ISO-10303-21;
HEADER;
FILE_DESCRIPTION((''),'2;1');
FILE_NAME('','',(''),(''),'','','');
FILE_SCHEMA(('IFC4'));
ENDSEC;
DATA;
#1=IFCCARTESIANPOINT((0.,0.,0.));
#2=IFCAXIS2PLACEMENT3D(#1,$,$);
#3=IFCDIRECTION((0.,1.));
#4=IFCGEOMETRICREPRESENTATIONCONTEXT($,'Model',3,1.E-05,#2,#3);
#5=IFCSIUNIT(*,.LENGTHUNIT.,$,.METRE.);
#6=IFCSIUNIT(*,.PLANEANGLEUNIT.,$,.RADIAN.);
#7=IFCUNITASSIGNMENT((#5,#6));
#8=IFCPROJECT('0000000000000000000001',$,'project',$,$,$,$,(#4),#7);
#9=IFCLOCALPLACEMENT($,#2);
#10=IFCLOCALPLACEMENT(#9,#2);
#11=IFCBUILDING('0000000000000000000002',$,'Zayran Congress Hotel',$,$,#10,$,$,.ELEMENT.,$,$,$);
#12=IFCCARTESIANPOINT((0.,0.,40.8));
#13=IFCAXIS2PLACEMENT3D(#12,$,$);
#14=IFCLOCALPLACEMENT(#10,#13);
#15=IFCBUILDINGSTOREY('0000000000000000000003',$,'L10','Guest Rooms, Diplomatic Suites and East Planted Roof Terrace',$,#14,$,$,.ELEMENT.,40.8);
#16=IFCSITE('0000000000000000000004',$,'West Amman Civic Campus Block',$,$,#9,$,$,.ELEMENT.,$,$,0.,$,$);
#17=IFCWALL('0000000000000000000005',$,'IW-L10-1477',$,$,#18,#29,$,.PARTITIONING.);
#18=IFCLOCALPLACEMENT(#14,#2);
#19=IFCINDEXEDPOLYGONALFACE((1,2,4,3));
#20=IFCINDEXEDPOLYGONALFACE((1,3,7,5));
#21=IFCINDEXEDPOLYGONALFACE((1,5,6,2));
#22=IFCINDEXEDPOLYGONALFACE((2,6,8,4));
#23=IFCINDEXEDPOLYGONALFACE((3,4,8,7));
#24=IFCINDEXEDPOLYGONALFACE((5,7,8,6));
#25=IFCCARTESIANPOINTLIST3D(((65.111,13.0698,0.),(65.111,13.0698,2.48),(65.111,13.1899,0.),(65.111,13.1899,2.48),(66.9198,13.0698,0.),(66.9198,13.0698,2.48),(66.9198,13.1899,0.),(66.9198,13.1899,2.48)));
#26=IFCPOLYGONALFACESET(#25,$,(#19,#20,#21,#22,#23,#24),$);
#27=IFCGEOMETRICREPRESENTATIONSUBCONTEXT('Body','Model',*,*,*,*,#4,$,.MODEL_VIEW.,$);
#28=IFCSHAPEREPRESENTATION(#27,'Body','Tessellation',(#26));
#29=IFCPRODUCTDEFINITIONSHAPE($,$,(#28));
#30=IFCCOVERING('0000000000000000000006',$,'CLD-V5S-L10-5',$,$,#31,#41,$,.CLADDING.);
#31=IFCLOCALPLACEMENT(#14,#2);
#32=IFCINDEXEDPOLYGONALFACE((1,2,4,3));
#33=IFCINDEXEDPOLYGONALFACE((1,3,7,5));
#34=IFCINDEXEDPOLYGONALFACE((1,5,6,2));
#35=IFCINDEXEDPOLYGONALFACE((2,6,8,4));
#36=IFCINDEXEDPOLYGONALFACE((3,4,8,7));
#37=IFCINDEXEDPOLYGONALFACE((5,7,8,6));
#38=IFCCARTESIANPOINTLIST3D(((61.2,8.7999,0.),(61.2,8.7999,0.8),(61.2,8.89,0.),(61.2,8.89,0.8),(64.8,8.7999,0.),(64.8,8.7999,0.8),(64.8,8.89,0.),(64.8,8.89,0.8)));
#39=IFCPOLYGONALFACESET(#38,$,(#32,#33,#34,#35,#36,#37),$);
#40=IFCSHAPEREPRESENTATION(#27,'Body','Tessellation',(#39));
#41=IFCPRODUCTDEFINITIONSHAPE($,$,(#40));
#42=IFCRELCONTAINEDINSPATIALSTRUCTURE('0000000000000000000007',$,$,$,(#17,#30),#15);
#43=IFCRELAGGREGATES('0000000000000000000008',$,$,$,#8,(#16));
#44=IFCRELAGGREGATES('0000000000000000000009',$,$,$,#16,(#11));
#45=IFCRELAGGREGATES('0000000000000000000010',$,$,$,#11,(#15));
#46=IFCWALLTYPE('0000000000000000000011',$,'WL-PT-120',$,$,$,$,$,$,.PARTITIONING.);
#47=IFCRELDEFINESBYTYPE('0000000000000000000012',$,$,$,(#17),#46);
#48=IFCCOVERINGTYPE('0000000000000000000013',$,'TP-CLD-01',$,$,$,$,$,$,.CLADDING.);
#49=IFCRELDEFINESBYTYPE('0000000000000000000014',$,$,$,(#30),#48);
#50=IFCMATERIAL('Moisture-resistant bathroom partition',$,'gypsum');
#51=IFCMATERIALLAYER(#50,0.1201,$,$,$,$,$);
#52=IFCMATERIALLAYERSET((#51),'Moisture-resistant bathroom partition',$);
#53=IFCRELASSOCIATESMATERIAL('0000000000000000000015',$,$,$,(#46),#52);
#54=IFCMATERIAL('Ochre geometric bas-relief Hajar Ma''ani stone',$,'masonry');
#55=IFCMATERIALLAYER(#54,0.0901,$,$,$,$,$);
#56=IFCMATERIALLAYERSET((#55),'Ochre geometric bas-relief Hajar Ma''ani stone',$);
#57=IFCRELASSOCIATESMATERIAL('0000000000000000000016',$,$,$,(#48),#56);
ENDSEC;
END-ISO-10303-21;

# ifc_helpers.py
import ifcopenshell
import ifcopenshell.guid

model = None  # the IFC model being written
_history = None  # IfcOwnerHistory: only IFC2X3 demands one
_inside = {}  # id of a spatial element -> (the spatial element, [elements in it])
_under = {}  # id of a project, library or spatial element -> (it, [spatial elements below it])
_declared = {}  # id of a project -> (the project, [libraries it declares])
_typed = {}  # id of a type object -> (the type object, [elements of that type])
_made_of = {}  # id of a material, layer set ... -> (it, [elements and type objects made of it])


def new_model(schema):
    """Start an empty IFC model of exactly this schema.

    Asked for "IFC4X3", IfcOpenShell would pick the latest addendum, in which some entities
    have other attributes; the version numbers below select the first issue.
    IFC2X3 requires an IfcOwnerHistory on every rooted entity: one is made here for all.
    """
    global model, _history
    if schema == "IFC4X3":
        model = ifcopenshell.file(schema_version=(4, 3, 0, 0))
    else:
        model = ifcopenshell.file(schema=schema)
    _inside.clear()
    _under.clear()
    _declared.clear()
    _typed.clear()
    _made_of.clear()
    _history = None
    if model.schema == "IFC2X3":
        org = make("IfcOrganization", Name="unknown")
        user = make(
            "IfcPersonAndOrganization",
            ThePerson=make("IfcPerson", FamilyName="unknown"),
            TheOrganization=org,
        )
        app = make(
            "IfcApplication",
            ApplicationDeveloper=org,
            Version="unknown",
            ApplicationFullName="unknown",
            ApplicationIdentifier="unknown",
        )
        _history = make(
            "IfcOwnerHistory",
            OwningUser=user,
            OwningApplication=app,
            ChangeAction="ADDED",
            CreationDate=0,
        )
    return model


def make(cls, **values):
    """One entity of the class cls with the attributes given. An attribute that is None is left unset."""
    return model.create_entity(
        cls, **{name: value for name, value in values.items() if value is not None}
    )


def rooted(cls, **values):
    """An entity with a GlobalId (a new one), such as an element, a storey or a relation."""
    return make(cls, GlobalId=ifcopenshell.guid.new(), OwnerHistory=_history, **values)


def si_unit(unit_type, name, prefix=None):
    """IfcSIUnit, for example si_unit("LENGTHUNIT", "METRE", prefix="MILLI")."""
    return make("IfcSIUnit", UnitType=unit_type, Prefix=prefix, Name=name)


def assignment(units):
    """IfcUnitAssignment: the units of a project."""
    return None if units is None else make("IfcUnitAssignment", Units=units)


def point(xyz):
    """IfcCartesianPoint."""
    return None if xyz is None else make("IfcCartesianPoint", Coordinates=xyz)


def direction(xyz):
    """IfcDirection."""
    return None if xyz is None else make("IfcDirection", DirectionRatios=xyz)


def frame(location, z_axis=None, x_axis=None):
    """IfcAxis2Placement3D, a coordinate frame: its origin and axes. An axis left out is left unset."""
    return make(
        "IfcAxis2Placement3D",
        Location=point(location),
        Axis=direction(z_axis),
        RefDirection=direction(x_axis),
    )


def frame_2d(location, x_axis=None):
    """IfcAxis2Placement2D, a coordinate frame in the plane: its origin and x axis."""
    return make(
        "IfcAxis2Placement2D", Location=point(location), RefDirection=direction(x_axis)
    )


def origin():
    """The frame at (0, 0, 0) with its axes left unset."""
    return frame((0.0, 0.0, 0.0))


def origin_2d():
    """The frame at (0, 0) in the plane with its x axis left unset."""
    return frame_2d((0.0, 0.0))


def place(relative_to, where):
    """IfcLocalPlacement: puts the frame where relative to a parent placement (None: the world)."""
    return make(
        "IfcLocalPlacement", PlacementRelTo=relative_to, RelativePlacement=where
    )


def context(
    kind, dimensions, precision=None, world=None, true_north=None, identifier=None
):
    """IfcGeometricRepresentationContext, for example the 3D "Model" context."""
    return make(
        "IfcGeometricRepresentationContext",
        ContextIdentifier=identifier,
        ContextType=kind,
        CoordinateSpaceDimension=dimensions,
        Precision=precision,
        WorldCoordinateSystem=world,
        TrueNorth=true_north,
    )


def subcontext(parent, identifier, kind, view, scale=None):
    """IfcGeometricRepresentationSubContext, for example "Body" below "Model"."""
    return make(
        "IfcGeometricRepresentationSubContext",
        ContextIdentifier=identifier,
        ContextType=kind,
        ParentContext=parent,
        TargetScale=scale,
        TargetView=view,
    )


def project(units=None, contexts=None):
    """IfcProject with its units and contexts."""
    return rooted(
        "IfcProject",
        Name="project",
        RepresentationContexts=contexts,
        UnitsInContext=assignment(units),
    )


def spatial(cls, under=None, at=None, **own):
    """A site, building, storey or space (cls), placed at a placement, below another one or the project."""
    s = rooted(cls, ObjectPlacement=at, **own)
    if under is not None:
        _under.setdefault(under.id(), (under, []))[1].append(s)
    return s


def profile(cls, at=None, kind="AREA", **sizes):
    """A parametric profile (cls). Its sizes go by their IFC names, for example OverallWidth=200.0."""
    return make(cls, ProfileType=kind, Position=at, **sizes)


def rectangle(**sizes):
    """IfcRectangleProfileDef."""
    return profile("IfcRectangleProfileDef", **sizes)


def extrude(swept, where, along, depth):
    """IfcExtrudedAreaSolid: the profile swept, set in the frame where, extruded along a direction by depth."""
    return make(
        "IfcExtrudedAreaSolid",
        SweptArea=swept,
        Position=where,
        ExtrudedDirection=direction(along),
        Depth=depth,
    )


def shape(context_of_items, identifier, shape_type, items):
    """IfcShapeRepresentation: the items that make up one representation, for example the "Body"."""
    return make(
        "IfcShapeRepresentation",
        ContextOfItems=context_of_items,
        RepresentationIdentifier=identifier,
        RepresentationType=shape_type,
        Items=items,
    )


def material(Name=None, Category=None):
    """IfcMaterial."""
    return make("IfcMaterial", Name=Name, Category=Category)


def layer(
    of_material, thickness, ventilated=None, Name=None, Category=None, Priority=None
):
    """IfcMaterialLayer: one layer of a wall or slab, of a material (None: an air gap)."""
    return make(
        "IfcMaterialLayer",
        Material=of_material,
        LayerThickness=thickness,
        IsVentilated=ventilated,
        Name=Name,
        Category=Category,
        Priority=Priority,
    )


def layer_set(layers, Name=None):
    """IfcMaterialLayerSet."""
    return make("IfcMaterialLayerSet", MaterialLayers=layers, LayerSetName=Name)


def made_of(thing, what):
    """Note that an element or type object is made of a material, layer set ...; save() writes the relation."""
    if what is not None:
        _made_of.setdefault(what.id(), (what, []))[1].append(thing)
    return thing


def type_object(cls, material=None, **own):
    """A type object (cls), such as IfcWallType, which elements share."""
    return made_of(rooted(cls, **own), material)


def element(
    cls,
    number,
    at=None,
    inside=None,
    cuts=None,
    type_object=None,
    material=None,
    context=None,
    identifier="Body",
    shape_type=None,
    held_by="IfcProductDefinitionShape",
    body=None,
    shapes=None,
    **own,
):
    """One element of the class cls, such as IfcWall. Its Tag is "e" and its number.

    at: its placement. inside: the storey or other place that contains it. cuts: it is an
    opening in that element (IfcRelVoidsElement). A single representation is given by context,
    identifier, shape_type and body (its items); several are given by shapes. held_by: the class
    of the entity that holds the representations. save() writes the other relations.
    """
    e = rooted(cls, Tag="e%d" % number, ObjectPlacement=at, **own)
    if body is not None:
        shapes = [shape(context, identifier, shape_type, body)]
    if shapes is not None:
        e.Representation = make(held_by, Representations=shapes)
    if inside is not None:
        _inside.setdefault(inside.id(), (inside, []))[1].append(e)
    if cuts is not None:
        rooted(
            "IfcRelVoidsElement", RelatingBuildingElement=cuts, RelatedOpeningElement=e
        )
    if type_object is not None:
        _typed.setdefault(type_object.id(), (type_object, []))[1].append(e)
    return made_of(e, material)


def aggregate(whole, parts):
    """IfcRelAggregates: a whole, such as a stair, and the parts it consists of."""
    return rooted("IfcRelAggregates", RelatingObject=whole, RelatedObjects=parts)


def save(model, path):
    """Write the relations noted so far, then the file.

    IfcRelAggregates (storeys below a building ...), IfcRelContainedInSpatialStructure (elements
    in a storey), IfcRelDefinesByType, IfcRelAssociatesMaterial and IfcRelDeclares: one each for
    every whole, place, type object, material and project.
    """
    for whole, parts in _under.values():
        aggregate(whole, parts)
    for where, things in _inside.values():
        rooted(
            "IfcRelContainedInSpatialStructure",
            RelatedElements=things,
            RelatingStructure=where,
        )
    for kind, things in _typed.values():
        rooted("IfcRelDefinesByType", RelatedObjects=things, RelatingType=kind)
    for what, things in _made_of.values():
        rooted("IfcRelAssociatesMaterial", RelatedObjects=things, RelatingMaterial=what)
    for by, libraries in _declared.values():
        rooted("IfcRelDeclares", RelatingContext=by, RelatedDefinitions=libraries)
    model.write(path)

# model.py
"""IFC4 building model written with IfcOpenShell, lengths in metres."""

from ifc_helpers import new_model, si_unit, direction, frame, frame_2d, origin, origin_2d, place, context, subcontext, project, spatial, rectangle, extrude, material, layer, layer_set, type_object, element, save


model = new_model("IFC4")

# Units and contexts
model_context = context("Model", 3, precision=1e-05, world=origin(), true_north=direction((0.0, 1.0)))
body_context = subcontext(model_context, "Body", "Model", "MODEL_VIEW")
ifc_project = project(units=[si_unit("LENGTHUNIT", "METRE"), si_unit("PLANEANGLEUNIT", "RADIAN")], contexts=[model_context])

# Site, building, storey
site_placement = place(None, origin())
site = spatial("IfcSite", under=ifc_project, at=site_placement, Name="West Amman Civic Campus Block", CompositionType="ELEMENT", RefElevation=0.0)
building_placement = place(site_placement, origin())
building = spatial("IfcBuilding", under=site, at=building_placement, Name="Zayran Congress Hotel", CompositionType="ELEMENT")
storey_placement = place(building_placement, frame((0.0, 0.0, 40.8)))
storey = spatial("IfcBuildingStorey", under=building, at=storey_placement, Name="L10", Description="Guest Rooms, Diplomatic Suites and East Planted Roof Terrace", CompositionType="ELEMENT", Elevation=40.8)

# Shared definitions
ifc_material_1 = material(Name="Moisture-resistant bathroom partition", Category="gypsum")
ifc_layer_1 = layer(ifc_material_1, 0.1201)
ifc_layer_set_1 = layer_set([ifc_layer_1], Name="Moisture-resistant bathroom partition")
wall_type_1 = type_object("IfcWallType", Name="WL-PT-120", PredefinedType="PARTITIONING", material=ifc_layer_set_1)

# Wall
wall_1_placement = place(storey_placement, frame((65.1111, 13.1299, 0.0), z_axis=(0.0, 0.0, 1.0), x_axis=(1.0, 0.0, 0.0)))
element("IfcWall", 1, at=wall_1_placement, inside=storey, type_object=wall_type_1, Name="IW-L10-1477", PredefinedType="PARTITIONING", context=body_context, shape_type="SweptSolid", body=[
    extrude(rectangle(XDim=1.8088, YDim=0.1201, at=frame_2d((0.9043, 0.0))), origin(), (0.0, 0.0, 1.0), 2.48),
])

# Covering
ifc_material_2 = material(Name="Ochre geometric bas-relief Hajar Ma'ani stone", Category="masonry")
ifc_layer_2 = layer(ifc_material_2, 0.0901)
ifc_layer_set_2 = layer_set([ifc_layer_2], Name="Ochre geometric bas-relief Hajar Ma'ani stone")
covering_type = type_object("IfcCoveringType", Name="TP-CLD-01", PredefinedType="CLADDING", material=ifc_layer_set_2)
covering_placement = place(storey_placement, frame((63.0, 8.845, 0.0), z_axis=(0.0, 0.0, 1.0), x_axis=(1.0, 0.0, 0.0)))
element("IfcCovering", 2, at=covering_placement, inside=storey, type_object=covering_type, Name="CLD-V5S-L10-5", PredefinedType="CLADDING", context=body_context, shape_type="SweptSolid", body=[
    extrude(rectangle(XDim=3.6001, YDim=0.0901, at=origin_2d()), origin(), (0.0, 0.0, 1.0), 0.8),
])

save(model, "model.ifc")
